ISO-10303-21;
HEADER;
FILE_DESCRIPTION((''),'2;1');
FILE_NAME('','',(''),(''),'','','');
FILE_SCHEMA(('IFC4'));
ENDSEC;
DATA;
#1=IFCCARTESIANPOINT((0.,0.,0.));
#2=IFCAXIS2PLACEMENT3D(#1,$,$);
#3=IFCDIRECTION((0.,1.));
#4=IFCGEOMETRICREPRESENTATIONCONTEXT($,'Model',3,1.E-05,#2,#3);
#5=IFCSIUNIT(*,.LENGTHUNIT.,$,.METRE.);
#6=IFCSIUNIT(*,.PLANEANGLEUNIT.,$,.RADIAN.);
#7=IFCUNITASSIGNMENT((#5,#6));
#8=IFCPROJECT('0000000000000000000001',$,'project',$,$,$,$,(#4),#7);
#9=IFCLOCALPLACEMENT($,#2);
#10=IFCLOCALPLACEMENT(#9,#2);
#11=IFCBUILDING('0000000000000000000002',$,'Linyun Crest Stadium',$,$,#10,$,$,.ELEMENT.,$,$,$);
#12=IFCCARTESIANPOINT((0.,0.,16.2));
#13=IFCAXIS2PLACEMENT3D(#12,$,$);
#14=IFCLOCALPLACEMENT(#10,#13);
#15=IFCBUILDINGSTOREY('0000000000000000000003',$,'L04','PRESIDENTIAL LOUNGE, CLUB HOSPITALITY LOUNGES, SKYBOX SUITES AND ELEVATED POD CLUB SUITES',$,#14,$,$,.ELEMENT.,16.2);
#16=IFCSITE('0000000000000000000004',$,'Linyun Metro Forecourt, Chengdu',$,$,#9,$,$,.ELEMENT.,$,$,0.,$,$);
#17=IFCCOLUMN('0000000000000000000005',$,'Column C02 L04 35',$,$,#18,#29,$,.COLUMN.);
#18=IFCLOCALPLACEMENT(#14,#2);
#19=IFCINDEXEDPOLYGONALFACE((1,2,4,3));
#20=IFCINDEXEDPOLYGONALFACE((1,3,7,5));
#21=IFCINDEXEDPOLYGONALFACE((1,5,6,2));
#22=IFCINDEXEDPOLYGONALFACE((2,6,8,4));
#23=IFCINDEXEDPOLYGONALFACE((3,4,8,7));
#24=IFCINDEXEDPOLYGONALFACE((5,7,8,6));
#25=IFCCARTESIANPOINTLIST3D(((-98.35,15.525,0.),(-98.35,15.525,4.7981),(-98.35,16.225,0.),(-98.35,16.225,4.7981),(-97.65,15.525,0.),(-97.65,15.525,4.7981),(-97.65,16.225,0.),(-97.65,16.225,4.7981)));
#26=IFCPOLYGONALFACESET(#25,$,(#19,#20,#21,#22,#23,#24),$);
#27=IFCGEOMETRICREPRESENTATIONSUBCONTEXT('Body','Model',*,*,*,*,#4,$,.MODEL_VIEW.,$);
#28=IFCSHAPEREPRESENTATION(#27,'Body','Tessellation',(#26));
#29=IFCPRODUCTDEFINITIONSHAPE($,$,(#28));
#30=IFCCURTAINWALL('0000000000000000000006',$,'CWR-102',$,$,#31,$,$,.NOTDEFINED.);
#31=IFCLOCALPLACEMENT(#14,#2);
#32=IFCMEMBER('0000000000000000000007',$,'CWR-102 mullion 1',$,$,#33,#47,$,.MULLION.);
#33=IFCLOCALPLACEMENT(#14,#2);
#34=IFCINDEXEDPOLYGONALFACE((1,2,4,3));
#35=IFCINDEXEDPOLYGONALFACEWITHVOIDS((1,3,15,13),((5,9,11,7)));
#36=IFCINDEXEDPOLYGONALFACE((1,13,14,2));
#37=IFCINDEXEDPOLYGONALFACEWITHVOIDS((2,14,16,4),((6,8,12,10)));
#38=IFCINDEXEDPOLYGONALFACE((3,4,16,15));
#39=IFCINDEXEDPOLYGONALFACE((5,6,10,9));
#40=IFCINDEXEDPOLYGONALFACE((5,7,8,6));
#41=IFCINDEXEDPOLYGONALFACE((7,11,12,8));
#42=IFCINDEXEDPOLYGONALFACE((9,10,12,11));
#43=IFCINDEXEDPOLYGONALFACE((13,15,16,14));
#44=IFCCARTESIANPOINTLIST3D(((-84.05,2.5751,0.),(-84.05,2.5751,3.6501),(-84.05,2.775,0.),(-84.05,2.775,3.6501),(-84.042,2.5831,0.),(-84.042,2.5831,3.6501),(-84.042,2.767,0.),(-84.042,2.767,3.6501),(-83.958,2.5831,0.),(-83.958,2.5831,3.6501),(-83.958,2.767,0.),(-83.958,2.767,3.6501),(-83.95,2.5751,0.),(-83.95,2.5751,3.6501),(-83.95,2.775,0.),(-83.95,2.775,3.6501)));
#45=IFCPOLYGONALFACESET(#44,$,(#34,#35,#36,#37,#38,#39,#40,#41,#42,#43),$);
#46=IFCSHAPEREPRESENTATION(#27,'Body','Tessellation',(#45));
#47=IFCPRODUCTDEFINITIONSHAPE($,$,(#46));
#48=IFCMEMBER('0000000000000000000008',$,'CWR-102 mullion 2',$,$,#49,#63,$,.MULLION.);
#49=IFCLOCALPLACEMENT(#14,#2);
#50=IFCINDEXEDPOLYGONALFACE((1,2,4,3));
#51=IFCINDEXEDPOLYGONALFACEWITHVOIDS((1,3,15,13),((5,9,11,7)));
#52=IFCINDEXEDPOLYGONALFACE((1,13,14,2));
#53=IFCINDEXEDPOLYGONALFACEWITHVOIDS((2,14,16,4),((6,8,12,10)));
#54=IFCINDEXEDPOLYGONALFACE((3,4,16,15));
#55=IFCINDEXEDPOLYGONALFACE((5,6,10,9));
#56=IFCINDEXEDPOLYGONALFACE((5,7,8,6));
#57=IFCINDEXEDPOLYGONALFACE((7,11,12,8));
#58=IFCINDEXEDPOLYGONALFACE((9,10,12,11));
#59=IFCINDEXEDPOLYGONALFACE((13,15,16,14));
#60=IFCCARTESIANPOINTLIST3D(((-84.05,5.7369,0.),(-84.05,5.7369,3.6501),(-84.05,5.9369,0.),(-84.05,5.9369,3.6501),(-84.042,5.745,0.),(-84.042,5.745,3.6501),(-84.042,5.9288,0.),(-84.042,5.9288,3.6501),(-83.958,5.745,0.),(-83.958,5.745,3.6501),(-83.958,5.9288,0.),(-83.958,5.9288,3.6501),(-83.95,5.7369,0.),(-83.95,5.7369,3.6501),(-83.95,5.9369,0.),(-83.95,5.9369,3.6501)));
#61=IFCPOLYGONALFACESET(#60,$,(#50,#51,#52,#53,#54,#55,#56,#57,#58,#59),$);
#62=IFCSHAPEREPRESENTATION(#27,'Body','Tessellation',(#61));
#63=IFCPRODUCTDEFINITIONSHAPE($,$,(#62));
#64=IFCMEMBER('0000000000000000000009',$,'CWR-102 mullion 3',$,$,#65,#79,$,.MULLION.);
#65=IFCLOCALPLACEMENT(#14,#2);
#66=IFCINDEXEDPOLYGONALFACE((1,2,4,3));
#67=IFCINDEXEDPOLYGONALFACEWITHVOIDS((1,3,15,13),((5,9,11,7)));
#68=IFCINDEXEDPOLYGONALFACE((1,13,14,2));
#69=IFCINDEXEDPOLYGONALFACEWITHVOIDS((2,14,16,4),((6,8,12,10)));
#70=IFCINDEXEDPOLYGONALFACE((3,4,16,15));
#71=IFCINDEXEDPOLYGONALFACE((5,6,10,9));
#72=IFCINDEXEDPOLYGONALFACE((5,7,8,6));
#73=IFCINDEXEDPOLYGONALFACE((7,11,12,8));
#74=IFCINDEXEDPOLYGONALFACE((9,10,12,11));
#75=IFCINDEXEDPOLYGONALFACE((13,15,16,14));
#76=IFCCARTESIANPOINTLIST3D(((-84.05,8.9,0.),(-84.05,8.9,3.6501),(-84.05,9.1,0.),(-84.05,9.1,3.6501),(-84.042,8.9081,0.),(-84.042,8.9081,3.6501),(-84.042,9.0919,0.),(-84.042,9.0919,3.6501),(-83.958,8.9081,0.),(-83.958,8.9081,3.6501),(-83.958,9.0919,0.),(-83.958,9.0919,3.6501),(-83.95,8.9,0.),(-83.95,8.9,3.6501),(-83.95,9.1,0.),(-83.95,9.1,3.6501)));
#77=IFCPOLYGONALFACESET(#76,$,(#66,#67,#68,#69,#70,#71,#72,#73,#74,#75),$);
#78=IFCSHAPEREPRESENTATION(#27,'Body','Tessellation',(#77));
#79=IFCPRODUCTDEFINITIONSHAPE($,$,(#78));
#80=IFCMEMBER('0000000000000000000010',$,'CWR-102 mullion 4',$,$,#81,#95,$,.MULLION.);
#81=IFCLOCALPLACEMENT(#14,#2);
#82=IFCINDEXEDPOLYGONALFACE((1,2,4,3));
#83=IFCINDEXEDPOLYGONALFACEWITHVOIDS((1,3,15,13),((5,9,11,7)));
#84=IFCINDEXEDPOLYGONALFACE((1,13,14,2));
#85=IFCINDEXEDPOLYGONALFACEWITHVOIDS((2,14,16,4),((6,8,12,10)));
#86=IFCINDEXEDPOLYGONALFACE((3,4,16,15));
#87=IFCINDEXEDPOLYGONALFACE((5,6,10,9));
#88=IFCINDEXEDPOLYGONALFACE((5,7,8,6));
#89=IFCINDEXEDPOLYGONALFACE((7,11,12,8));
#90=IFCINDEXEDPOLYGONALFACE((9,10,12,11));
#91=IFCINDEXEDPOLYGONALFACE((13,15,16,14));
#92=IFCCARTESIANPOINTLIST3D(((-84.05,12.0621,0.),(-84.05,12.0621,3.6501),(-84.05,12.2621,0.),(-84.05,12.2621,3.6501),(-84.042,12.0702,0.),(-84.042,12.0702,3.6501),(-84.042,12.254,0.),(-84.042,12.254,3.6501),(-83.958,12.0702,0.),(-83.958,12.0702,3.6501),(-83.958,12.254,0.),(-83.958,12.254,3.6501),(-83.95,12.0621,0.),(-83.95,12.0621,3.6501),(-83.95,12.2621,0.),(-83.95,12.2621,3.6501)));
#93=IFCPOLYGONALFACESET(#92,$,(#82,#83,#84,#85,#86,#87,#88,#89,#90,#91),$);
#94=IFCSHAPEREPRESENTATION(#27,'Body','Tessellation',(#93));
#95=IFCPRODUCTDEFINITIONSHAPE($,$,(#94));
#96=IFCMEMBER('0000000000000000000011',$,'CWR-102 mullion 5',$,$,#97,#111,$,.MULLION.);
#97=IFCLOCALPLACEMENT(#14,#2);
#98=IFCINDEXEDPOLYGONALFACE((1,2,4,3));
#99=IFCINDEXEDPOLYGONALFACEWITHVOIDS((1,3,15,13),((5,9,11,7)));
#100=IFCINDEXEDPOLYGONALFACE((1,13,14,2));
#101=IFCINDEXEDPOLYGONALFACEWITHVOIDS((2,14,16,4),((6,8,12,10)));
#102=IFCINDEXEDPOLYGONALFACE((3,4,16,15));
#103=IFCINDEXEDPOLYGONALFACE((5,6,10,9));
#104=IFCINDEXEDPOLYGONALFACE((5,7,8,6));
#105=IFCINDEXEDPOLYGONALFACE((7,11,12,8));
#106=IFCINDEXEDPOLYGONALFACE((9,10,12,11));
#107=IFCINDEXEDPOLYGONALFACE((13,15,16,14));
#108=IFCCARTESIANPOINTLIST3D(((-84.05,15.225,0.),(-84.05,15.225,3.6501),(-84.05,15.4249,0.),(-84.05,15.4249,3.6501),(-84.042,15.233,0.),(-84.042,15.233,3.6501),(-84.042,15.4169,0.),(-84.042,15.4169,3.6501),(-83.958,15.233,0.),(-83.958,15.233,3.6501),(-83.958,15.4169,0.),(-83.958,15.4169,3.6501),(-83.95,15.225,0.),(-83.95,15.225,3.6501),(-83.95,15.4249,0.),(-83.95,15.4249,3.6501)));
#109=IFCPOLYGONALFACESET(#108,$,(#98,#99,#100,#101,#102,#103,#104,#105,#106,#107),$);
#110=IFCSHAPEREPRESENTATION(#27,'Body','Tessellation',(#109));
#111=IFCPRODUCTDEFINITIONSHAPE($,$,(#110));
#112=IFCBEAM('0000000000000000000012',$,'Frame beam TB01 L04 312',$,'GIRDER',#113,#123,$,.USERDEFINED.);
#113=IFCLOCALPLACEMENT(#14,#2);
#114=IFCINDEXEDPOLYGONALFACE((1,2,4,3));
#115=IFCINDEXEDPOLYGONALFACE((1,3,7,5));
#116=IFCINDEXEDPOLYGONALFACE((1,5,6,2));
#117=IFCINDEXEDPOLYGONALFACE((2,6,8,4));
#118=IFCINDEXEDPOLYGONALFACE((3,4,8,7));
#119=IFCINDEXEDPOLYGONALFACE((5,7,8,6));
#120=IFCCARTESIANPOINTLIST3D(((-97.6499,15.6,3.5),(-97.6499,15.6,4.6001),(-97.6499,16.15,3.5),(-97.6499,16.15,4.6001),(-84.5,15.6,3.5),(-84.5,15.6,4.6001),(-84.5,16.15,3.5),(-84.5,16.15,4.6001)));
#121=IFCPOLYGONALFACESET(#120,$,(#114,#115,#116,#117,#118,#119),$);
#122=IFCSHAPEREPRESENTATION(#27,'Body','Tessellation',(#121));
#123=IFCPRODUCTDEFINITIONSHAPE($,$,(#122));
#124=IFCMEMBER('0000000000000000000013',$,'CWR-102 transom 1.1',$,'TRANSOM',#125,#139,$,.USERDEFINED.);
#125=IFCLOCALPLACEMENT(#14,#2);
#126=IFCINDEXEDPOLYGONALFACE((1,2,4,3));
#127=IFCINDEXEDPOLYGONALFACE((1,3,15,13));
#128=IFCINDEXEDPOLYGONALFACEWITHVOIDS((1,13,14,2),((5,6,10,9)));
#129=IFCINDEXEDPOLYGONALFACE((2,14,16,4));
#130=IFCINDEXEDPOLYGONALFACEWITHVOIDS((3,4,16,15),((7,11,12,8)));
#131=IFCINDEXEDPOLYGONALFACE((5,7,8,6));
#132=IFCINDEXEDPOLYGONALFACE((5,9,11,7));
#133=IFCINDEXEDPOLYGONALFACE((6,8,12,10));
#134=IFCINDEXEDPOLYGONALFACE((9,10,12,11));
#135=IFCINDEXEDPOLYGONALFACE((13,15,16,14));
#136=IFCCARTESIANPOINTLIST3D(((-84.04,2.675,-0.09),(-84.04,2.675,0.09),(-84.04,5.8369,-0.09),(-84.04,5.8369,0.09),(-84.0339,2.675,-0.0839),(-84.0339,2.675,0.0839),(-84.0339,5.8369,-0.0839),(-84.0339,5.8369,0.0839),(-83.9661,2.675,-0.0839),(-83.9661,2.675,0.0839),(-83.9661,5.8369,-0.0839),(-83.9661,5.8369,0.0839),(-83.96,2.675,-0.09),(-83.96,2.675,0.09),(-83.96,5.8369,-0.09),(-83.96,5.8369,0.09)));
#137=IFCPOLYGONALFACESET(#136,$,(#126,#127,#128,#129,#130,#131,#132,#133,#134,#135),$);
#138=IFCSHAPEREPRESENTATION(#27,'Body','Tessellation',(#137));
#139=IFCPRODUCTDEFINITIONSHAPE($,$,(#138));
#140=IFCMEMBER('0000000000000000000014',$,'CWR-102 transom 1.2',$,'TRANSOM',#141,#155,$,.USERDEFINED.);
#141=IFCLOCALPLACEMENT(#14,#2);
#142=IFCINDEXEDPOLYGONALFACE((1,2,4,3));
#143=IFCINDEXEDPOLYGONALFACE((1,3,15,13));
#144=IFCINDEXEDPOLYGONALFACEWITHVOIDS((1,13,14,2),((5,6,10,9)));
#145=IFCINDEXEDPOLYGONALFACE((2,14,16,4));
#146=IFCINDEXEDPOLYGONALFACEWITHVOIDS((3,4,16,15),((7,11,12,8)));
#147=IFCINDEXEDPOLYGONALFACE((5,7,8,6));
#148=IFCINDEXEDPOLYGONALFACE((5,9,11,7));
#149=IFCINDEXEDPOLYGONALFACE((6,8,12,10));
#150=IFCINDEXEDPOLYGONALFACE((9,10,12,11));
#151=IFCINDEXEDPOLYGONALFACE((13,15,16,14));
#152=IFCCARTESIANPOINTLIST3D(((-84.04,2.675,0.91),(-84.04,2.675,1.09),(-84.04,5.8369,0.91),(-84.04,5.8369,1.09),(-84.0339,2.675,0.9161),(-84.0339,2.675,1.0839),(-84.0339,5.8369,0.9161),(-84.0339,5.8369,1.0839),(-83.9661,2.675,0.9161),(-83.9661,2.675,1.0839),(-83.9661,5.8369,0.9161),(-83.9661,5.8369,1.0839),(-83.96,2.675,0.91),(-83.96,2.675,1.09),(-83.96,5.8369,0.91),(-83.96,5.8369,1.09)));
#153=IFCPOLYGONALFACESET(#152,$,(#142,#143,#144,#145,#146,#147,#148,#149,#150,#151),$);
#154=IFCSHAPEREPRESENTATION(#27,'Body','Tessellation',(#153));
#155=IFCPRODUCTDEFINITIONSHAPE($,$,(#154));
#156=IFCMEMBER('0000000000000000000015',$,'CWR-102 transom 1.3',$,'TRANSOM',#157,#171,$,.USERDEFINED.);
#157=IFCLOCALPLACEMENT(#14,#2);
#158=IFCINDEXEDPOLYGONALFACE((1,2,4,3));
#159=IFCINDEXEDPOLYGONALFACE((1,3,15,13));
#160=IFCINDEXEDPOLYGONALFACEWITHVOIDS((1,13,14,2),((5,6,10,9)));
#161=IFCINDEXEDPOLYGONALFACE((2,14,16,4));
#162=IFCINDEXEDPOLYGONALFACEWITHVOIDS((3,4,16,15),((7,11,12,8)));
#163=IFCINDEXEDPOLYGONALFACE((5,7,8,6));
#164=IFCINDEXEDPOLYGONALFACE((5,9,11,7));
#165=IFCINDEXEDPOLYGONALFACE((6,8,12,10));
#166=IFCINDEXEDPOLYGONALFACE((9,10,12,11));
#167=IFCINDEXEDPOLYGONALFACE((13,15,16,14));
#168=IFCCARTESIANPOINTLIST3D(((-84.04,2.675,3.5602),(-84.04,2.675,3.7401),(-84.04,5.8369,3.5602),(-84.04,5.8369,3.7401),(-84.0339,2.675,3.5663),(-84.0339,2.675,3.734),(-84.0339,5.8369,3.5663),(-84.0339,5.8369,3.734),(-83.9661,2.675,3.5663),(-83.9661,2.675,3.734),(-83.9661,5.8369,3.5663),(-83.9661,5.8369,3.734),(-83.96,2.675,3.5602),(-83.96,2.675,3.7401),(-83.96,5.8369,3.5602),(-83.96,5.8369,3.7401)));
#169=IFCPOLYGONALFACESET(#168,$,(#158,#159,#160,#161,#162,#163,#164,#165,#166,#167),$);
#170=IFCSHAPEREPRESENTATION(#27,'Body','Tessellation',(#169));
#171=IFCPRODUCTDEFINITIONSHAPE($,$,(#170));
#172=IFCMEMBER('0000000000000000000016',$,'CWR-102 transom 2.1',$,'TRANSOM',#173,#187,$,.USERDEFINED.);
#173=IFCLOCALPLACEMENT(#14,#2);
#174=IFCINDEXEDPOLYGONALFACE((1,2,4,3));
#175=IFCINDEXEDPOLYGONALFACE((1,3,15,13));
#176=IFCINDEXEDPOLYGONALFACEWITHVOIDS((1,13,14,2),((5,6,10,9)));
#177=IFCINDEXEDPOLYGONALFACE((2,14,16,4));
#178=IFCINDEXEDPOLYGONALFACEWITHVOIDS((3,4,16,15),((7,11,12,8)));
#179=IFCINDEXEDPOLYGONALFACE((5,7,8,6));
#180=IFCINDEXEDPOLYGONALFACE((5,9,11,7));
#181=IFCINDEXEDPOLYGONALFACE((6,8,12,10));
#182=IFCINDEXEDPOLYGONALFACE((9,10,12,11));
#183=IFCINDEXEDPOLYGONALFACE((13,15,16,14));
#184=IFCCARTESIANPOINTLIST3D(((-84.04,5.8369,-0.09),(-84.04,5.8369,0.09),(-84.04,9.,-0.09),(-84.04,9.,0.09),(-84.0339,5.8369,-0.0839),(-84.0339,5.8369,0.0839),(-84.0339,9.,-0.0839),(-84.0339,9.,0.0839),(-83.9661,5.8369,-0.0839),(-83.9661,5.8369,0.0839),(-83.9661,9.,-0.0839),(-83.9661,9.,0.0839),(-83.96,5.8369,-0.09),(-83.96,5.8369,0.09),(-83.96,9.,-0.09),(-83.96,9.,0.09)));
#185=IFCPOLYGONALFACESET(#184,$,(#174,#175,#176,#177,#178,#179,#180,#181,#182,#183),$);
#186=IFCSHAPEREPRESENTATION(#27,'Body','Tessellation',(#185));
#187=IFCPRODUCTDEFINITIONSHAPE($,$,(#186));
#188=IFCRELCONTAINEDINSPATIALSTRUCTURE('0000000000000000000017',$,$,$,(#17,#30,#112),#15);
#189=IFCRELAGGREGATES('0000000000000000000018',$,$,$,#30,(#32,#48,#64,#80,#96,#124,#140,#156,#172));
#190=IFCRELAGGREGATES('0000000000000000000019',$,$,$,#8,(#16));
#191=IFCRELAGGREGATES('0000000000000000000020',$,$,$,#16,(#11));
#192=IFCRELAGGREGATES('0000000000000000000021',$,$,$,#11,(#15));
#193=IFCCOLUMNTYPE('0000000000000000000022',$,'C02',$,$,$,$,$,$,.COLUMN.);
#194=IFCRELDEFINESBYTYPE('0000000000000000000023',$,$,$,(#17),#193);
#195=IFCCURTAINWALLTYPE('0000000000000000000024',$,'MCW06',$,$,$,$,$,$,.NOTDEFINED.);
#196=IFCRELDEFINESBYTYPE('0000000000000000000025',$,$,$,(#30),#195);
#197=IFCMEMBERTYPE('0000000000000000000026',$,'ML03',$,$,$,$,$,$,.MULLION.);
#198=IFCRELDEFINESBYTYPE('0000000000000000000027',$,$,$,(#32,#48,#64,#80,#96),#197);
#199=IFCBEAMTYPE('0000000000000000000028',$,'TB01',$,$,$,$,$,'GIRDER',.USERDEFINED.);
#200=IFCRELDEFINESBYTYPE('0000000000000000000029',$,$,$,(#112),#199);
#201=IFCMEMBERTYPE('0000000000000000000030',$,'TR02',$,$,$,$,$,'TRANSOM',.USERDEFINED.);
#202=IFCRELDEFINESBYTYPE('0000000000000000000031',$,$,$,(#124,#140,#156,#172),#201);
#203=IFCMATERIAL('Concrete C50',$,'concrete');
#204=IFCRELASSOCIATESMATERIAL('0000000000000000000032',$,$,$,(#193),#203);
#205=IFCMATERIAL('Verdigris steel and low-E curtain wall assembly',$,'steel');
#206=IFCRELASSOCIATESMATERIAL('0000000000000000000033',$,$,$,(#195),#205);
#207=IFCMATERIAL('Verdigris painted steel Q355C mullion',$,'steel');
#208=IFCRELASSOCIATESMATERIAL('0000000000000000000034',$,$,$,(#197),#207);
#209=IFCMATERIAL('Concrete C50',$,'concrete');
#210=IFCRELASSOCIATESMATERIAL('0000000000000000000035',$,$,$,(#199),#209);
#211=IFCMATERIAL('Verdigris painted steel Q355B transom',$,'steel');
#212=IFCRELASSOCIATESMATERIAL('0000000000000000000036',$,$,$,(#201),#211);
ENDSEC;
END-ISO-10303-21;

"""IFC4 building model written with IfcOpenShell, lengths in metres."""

from ifc_helpers import new_model, si_unit, direction, frame, origin, origin_2d, place, context, subcontext, project, spatial, rectangle, hollow_rectangle, extrude, material, material_profile, profile_set, type_object, element, aggregate, save


model = new_model("IFC4")

# Units and contexts
model_context = context("Model", 3, precision=1e-05, world=origin(), true_north=direction((0.0, 1.0)))
body_context = subcontext(model_context, "Body", "Model", "MODEL_VIEW")
ifc_project = project(units=[si_unit("LENGTHUNIT", "METRE"), si_unit("PLANEANGLEUNIT", "RADIAN")], contexts=[model_context])

# Site, building, storey
site_placement = place(None, origin())
site = spatial("IfcSite", under=ifc_project, at=site_placement, Name="Linyun Metro Forecourt, Chengdu", CompositionType="ELEMENT", RefElevation=0.0)
building_placement = place(site_placement, origin())
building = spatial("IfcBuilding", under=site, at=building_placement, Name="Linyun Crest Stadium", CompositionType="ELEMENT")
storey_placement = place(building_placement, frame((0.0, 0.0, 16.2)))
storey = spatial("IfcBuildingStorey", under=building, at=storey_placement, Name="L04", Description="PRESIDENTIAL LOUNGE, CLUB HOSPITALITY LOUNGES, SKYBOX SUITES AND ELEVATED POD CLUB SUITES", CompositionType="ELEMENT", Elevation=16.2)

# Column
ifc_material_1 = material(Name="Concrete C50", Category="concrete")
ifc_material_profile_1 = material_profile(ifc_material_1, rectangle(XDim=0.7, YDim=0.7, at=origin_2d()), Name="RC 700x700")
ifc_profile_set_1 = profile_set([ifc_material_profile_1], Name="Concrete C50")
column_type = type_object("IfcColumnType", Name="C02", PredefinedType="COLUMN", material=ifc_profile_set_1)
column_placement = place(storey_placement, frame((-98.0, 15.875, 0.0), z_axis=(0.0, 0.0, 1.0), x_axis=(1.0, 0.0, 0.0)))
element("IfcColumn", 1, at=column_placement, inside=storey, type_object=column_type, Name="Column C02 L04 35", PredefinedType="COLUMN", context=body_context, shape_type="SweptSolid", body=[
    extrude(rectangle(XDim=0.7, YDim=0.7, at=origin_2d()), origin(), (0.0, 0.0, 1.0), 4.7981),
])

# Curtain wall, members
ifc_material_2 = material(Name="Verdigris steel and low-E curtain wall assembly", Category="steel")
curtain_wall_type = type_object("IfcCurtainWallType", Name="MCW06", PredefinedType="NOTDEFINED", material=ifc_material_2)
curtain_wall_placement = place(storey_placement, origin())
curtain_wall = element("IfcCurtainWall", 2, at=curtain_wall_placement, inside=storey, type_object=curtain_wall_type, Name="CWR-102", PredefinedType="NOTDEFINED")
ifc_material_3 = material(Name="Verdigris painted steel Q355C mullion", Category="steel")
ifc_material_profile_2 = material_profile(ifc_material_3, hollow_rectangle(XDim=0.1001, YDim=0.2, WallThickness=0.0081, at=origin_2d()), Name="RHS 200x100x8")
ifc_profile_set_2 = profile_set([ifc_material_profile_2], Name="Verdigris painted steel Q355C mullion")
member_type_1 = type_object("IfcMemberType", Name="ML03", PredefinedType="MULLION", material=ifc_profile_set_2)
member_1_placement = place(storey_placement, frame((-84.0, 2.675, 0.0), z_axis=(0.0, 0.0, 1.0), x_axis=(-1.0, 0.0, 0.0)))
member_1 = element("IfcMember", 3, at=member_1_placement, type_object=member_type_1, Name="CWR-102 mullion 1", PredefinedType="MULLION", context=body_context, shape_type="SweptSolid", body=[
    extrude(hollow_rectangle(XDim=0.1001, YDim=0.2, WallThickness=0.0081, at=origin_2d()), origin(), (0.0, 0.0, 1.0), 3.6501),
])
member_2_placement = place(storey_placement, frame((-84.0, 5.8369, 0.0), z_axis=(0.0, 0.0, 1.0), x_axis=(-1.0, 0.0, 0.0)))
member_2 = element("IfcMember", 4, at=member_2_placement, type_object=member_type_1, Name="CWR-102 mullion 2", PredefinedType="MULLION", context=body_context, shape_type="SweptSolid", body=[
    extrude(hollow_rectangle(XDim=0.1001, YDim=0.2, WallThickness=0.0081, at=origin_2d()), origin(), (0.0, 0.0, 1.0), 3.6501),
])
member_3_placement = place(storey_placement, frame((-84.0, 9.0, 0.0), z_axis=(0.0, 0.0, 1.0), x_axis=(-1.0, 0.0, 0.0)))
member_3 = element("IfcMember", 5, at=member_3_placement, type_object=member_type_1, Name="CWR-102 mullion 3", PredefinedType="MULLION", context=body_context, shape_type="SweptSolid", body=[
    extrude(hollow_rectangle(XDim=0.1001, YDim=0.2, WallThickness=0.0081, at=origin_2d()), origin(), (0.0, 0.0, 1.0), 3.6501),
])
member_4_placement = place(storey_placement, frame((-84.0, 12.1621, 0.0), z_axis=(0.0, 0.0, 1.0), x_axis=(-1.0, 0.0, 0.0)))
member_4 = element("IfcMember", 6, at=member_4_placement, type_object=member_type_1, Name="CWR-102 mullion 4", PredefinedType="MULLION", context=body_context, shape_type="SweptSolid", body=[
    extrude(hollow_rectangle(XDim=0.1001, YDim=0.2, WallThickness=0.0081, at=origin_2d()), origin(), (0.0, 0.0, 1.0), 3.6501),
])
member_5_placement = place(storey_placement, frame((-84.0, 15.325, 0.0), z_axis=(0.0, 0.0, 1.0), x_axis=(-1.0, 0.0, 0.0)))
member_5 = element("IfcMember", 7, at=member_5_placement, type_object=member_type_1, Name="CWR-102 mullion 5", PredefinedType="MULLION", context=body_context, shape_type="SweptSolid", body=[
    extrude(hollow_rectangle(XDim=0.1001, YDim=0.2, WallThickness=0.0081, at=origin_2d()), origin(), (0.0, 0.0, 1.0), 3.6501),
])

# Beam
ifc_material_4 = material(Name="Concrete C50", Category="concrete")
ifc_material_profile_3 = material_profile(ifc_material_4, rectangle(XDim=0.55, YDim=1.1001, at=origin_2d()), Name="RCB 1100x550")
ifc_profile_set_3 = profile_set([ifc_material_profile_3], Name="Concrete C50")
beam_type = type_object("IfcBeamType", Name="TB01", ElementType="GIRDER", PredefinedType="USERDEFINED", material=ifc_profile_set_3)
beam_placement = place(storey_placement, frame((-97.6499, 15.875, 4.05), z_axis=(1.0, 0.0, 0.0), x_axis=(0.0, 1.0, 0.0)))
element("IfcBeam", 8, at=beam_placement, inside=storey, type_object=beam_type, Name="Frame beam TB01 L04 312", ObjectType="GIRDER", PredefinedType="USERDEFINED", context=body_context, shape_type="SweptSolid", body=[
    extrude(rectangle(XDim=0.55, YDim=1.1001, at=origin_2d()), origin(), (0.0, 0.0, 1.0), 13.1499),
])

# Members
ifc_material_5 = material(Name="Verdigris painted steel Q355B transom", Category="steel")
ifc_material_profile_4 = material_profile(ifc_material_5, hollow_rectangle(XDim=0.0801, YDim=0.1799, WallThickness=0.0061, at=origin_2d()), Name="RHS 180x80x6")
ifc_profile_set_4 = profile_set([ifc_material_profile_4], Name="Verdigris painted steel Q355B transom")
member_type_2 = type_object("IfcMemberType", Name="TR02", ElementType="TRANSOM", PredefinedType="USERDEFINED", material=ifc_profile_set_4)
member_6_placement = place(storey_placement, frame((-84.0, 2.675, 0.0), z_axis=(0.0, 1.0, 0.0), x_axis=(-1.0, 0.0, 0.0)))
member_6 = element("IfcMember", 9, at=member_6_placement, type_object=member_type_2, Name="CWR-102 transom 1.1", ObjectType="TRANSOM", PredefinedType="USERDEFINED", context=body_context, shape_type="SweptSolid", body=[
    extrude(hollow_rectangle(XDim=0.0801, YDim=0.1799, WallThickness=0.0061, at=origin_2d()), origin(), (0.0, 0.0, 1.0), 3.1619),
])
member_7_placement = place(storey_placement, frame((-84.0, 2.675, 1.0), z_axis=(0.0, 1.0, 0.0), x_axis=(-1.0, 0.0, 0.0)))
member_7 = element("IfcMember", 10, at=member_7_placement, type_object=member_type_2, Name="CWR-102 transom 1.2", ObjectType="TRANSOM", PredefinedType="USERDEFINED", context=body_context, shape_type="SweptSolid", body=[
    extrude(hollow_rectangle(XDim=0.0801, YDim=0.1799, WallThickness=0.0061, at=origin_2d()), origin(), (0.0, 0.0, 1.0), 3.1619),
])
member_8_placement = place(storey_placement, frame((-84.0, 2.675, 3.6501), z_axis=(0.0, 1.0, 0.0), x_axis=(-1.0, 0.0, 0.0)))
member_8 = element("IfcMember", 11, at=member_8_placement, type_object=member_type_2, Name="CWR-102 transom 1.3", ObjectType="TRANSOM", PredefinedType="USERDEFINED", context=body_context, shape_type="SweptSolid", body=[
    extrude(hollow_rectangle(XDim=0.0801, YDim=0.1799, WallThickness=0.0061, at=origin_2d()), origin(), (0.0, 0.0, 1.0), 3.1619),
])
member_9_placement = place(storey_placement, frame((-84.0, 5.8369, 0.0), z_axis=(0.0, 1.0, 0.0), x_axis=(-1.0, 0.0, 0.0)))
member_9 = element("IfcMember", 12, at=member_9_placement, type_object=member_type_2, Name="CWR-102 transom 2.1", ObjectType="TRANSOM", PredefinedType="USERDEFINED", context=body_context, shape_type="SweptSolid", body=[
    extrude(hollow_rectangle(XDim=0.0801, YDim=0.1799, WallThickness=0.0061, at=origin_2d()), origin(), (0.0, 0.0, 1.0), 3.1631),
])

aggregate(curtain_wall, [member_1, member_2, member_3, member_4, member_5, member_6, member_7, member_8, member_9])

save(model, "model.ifc")
